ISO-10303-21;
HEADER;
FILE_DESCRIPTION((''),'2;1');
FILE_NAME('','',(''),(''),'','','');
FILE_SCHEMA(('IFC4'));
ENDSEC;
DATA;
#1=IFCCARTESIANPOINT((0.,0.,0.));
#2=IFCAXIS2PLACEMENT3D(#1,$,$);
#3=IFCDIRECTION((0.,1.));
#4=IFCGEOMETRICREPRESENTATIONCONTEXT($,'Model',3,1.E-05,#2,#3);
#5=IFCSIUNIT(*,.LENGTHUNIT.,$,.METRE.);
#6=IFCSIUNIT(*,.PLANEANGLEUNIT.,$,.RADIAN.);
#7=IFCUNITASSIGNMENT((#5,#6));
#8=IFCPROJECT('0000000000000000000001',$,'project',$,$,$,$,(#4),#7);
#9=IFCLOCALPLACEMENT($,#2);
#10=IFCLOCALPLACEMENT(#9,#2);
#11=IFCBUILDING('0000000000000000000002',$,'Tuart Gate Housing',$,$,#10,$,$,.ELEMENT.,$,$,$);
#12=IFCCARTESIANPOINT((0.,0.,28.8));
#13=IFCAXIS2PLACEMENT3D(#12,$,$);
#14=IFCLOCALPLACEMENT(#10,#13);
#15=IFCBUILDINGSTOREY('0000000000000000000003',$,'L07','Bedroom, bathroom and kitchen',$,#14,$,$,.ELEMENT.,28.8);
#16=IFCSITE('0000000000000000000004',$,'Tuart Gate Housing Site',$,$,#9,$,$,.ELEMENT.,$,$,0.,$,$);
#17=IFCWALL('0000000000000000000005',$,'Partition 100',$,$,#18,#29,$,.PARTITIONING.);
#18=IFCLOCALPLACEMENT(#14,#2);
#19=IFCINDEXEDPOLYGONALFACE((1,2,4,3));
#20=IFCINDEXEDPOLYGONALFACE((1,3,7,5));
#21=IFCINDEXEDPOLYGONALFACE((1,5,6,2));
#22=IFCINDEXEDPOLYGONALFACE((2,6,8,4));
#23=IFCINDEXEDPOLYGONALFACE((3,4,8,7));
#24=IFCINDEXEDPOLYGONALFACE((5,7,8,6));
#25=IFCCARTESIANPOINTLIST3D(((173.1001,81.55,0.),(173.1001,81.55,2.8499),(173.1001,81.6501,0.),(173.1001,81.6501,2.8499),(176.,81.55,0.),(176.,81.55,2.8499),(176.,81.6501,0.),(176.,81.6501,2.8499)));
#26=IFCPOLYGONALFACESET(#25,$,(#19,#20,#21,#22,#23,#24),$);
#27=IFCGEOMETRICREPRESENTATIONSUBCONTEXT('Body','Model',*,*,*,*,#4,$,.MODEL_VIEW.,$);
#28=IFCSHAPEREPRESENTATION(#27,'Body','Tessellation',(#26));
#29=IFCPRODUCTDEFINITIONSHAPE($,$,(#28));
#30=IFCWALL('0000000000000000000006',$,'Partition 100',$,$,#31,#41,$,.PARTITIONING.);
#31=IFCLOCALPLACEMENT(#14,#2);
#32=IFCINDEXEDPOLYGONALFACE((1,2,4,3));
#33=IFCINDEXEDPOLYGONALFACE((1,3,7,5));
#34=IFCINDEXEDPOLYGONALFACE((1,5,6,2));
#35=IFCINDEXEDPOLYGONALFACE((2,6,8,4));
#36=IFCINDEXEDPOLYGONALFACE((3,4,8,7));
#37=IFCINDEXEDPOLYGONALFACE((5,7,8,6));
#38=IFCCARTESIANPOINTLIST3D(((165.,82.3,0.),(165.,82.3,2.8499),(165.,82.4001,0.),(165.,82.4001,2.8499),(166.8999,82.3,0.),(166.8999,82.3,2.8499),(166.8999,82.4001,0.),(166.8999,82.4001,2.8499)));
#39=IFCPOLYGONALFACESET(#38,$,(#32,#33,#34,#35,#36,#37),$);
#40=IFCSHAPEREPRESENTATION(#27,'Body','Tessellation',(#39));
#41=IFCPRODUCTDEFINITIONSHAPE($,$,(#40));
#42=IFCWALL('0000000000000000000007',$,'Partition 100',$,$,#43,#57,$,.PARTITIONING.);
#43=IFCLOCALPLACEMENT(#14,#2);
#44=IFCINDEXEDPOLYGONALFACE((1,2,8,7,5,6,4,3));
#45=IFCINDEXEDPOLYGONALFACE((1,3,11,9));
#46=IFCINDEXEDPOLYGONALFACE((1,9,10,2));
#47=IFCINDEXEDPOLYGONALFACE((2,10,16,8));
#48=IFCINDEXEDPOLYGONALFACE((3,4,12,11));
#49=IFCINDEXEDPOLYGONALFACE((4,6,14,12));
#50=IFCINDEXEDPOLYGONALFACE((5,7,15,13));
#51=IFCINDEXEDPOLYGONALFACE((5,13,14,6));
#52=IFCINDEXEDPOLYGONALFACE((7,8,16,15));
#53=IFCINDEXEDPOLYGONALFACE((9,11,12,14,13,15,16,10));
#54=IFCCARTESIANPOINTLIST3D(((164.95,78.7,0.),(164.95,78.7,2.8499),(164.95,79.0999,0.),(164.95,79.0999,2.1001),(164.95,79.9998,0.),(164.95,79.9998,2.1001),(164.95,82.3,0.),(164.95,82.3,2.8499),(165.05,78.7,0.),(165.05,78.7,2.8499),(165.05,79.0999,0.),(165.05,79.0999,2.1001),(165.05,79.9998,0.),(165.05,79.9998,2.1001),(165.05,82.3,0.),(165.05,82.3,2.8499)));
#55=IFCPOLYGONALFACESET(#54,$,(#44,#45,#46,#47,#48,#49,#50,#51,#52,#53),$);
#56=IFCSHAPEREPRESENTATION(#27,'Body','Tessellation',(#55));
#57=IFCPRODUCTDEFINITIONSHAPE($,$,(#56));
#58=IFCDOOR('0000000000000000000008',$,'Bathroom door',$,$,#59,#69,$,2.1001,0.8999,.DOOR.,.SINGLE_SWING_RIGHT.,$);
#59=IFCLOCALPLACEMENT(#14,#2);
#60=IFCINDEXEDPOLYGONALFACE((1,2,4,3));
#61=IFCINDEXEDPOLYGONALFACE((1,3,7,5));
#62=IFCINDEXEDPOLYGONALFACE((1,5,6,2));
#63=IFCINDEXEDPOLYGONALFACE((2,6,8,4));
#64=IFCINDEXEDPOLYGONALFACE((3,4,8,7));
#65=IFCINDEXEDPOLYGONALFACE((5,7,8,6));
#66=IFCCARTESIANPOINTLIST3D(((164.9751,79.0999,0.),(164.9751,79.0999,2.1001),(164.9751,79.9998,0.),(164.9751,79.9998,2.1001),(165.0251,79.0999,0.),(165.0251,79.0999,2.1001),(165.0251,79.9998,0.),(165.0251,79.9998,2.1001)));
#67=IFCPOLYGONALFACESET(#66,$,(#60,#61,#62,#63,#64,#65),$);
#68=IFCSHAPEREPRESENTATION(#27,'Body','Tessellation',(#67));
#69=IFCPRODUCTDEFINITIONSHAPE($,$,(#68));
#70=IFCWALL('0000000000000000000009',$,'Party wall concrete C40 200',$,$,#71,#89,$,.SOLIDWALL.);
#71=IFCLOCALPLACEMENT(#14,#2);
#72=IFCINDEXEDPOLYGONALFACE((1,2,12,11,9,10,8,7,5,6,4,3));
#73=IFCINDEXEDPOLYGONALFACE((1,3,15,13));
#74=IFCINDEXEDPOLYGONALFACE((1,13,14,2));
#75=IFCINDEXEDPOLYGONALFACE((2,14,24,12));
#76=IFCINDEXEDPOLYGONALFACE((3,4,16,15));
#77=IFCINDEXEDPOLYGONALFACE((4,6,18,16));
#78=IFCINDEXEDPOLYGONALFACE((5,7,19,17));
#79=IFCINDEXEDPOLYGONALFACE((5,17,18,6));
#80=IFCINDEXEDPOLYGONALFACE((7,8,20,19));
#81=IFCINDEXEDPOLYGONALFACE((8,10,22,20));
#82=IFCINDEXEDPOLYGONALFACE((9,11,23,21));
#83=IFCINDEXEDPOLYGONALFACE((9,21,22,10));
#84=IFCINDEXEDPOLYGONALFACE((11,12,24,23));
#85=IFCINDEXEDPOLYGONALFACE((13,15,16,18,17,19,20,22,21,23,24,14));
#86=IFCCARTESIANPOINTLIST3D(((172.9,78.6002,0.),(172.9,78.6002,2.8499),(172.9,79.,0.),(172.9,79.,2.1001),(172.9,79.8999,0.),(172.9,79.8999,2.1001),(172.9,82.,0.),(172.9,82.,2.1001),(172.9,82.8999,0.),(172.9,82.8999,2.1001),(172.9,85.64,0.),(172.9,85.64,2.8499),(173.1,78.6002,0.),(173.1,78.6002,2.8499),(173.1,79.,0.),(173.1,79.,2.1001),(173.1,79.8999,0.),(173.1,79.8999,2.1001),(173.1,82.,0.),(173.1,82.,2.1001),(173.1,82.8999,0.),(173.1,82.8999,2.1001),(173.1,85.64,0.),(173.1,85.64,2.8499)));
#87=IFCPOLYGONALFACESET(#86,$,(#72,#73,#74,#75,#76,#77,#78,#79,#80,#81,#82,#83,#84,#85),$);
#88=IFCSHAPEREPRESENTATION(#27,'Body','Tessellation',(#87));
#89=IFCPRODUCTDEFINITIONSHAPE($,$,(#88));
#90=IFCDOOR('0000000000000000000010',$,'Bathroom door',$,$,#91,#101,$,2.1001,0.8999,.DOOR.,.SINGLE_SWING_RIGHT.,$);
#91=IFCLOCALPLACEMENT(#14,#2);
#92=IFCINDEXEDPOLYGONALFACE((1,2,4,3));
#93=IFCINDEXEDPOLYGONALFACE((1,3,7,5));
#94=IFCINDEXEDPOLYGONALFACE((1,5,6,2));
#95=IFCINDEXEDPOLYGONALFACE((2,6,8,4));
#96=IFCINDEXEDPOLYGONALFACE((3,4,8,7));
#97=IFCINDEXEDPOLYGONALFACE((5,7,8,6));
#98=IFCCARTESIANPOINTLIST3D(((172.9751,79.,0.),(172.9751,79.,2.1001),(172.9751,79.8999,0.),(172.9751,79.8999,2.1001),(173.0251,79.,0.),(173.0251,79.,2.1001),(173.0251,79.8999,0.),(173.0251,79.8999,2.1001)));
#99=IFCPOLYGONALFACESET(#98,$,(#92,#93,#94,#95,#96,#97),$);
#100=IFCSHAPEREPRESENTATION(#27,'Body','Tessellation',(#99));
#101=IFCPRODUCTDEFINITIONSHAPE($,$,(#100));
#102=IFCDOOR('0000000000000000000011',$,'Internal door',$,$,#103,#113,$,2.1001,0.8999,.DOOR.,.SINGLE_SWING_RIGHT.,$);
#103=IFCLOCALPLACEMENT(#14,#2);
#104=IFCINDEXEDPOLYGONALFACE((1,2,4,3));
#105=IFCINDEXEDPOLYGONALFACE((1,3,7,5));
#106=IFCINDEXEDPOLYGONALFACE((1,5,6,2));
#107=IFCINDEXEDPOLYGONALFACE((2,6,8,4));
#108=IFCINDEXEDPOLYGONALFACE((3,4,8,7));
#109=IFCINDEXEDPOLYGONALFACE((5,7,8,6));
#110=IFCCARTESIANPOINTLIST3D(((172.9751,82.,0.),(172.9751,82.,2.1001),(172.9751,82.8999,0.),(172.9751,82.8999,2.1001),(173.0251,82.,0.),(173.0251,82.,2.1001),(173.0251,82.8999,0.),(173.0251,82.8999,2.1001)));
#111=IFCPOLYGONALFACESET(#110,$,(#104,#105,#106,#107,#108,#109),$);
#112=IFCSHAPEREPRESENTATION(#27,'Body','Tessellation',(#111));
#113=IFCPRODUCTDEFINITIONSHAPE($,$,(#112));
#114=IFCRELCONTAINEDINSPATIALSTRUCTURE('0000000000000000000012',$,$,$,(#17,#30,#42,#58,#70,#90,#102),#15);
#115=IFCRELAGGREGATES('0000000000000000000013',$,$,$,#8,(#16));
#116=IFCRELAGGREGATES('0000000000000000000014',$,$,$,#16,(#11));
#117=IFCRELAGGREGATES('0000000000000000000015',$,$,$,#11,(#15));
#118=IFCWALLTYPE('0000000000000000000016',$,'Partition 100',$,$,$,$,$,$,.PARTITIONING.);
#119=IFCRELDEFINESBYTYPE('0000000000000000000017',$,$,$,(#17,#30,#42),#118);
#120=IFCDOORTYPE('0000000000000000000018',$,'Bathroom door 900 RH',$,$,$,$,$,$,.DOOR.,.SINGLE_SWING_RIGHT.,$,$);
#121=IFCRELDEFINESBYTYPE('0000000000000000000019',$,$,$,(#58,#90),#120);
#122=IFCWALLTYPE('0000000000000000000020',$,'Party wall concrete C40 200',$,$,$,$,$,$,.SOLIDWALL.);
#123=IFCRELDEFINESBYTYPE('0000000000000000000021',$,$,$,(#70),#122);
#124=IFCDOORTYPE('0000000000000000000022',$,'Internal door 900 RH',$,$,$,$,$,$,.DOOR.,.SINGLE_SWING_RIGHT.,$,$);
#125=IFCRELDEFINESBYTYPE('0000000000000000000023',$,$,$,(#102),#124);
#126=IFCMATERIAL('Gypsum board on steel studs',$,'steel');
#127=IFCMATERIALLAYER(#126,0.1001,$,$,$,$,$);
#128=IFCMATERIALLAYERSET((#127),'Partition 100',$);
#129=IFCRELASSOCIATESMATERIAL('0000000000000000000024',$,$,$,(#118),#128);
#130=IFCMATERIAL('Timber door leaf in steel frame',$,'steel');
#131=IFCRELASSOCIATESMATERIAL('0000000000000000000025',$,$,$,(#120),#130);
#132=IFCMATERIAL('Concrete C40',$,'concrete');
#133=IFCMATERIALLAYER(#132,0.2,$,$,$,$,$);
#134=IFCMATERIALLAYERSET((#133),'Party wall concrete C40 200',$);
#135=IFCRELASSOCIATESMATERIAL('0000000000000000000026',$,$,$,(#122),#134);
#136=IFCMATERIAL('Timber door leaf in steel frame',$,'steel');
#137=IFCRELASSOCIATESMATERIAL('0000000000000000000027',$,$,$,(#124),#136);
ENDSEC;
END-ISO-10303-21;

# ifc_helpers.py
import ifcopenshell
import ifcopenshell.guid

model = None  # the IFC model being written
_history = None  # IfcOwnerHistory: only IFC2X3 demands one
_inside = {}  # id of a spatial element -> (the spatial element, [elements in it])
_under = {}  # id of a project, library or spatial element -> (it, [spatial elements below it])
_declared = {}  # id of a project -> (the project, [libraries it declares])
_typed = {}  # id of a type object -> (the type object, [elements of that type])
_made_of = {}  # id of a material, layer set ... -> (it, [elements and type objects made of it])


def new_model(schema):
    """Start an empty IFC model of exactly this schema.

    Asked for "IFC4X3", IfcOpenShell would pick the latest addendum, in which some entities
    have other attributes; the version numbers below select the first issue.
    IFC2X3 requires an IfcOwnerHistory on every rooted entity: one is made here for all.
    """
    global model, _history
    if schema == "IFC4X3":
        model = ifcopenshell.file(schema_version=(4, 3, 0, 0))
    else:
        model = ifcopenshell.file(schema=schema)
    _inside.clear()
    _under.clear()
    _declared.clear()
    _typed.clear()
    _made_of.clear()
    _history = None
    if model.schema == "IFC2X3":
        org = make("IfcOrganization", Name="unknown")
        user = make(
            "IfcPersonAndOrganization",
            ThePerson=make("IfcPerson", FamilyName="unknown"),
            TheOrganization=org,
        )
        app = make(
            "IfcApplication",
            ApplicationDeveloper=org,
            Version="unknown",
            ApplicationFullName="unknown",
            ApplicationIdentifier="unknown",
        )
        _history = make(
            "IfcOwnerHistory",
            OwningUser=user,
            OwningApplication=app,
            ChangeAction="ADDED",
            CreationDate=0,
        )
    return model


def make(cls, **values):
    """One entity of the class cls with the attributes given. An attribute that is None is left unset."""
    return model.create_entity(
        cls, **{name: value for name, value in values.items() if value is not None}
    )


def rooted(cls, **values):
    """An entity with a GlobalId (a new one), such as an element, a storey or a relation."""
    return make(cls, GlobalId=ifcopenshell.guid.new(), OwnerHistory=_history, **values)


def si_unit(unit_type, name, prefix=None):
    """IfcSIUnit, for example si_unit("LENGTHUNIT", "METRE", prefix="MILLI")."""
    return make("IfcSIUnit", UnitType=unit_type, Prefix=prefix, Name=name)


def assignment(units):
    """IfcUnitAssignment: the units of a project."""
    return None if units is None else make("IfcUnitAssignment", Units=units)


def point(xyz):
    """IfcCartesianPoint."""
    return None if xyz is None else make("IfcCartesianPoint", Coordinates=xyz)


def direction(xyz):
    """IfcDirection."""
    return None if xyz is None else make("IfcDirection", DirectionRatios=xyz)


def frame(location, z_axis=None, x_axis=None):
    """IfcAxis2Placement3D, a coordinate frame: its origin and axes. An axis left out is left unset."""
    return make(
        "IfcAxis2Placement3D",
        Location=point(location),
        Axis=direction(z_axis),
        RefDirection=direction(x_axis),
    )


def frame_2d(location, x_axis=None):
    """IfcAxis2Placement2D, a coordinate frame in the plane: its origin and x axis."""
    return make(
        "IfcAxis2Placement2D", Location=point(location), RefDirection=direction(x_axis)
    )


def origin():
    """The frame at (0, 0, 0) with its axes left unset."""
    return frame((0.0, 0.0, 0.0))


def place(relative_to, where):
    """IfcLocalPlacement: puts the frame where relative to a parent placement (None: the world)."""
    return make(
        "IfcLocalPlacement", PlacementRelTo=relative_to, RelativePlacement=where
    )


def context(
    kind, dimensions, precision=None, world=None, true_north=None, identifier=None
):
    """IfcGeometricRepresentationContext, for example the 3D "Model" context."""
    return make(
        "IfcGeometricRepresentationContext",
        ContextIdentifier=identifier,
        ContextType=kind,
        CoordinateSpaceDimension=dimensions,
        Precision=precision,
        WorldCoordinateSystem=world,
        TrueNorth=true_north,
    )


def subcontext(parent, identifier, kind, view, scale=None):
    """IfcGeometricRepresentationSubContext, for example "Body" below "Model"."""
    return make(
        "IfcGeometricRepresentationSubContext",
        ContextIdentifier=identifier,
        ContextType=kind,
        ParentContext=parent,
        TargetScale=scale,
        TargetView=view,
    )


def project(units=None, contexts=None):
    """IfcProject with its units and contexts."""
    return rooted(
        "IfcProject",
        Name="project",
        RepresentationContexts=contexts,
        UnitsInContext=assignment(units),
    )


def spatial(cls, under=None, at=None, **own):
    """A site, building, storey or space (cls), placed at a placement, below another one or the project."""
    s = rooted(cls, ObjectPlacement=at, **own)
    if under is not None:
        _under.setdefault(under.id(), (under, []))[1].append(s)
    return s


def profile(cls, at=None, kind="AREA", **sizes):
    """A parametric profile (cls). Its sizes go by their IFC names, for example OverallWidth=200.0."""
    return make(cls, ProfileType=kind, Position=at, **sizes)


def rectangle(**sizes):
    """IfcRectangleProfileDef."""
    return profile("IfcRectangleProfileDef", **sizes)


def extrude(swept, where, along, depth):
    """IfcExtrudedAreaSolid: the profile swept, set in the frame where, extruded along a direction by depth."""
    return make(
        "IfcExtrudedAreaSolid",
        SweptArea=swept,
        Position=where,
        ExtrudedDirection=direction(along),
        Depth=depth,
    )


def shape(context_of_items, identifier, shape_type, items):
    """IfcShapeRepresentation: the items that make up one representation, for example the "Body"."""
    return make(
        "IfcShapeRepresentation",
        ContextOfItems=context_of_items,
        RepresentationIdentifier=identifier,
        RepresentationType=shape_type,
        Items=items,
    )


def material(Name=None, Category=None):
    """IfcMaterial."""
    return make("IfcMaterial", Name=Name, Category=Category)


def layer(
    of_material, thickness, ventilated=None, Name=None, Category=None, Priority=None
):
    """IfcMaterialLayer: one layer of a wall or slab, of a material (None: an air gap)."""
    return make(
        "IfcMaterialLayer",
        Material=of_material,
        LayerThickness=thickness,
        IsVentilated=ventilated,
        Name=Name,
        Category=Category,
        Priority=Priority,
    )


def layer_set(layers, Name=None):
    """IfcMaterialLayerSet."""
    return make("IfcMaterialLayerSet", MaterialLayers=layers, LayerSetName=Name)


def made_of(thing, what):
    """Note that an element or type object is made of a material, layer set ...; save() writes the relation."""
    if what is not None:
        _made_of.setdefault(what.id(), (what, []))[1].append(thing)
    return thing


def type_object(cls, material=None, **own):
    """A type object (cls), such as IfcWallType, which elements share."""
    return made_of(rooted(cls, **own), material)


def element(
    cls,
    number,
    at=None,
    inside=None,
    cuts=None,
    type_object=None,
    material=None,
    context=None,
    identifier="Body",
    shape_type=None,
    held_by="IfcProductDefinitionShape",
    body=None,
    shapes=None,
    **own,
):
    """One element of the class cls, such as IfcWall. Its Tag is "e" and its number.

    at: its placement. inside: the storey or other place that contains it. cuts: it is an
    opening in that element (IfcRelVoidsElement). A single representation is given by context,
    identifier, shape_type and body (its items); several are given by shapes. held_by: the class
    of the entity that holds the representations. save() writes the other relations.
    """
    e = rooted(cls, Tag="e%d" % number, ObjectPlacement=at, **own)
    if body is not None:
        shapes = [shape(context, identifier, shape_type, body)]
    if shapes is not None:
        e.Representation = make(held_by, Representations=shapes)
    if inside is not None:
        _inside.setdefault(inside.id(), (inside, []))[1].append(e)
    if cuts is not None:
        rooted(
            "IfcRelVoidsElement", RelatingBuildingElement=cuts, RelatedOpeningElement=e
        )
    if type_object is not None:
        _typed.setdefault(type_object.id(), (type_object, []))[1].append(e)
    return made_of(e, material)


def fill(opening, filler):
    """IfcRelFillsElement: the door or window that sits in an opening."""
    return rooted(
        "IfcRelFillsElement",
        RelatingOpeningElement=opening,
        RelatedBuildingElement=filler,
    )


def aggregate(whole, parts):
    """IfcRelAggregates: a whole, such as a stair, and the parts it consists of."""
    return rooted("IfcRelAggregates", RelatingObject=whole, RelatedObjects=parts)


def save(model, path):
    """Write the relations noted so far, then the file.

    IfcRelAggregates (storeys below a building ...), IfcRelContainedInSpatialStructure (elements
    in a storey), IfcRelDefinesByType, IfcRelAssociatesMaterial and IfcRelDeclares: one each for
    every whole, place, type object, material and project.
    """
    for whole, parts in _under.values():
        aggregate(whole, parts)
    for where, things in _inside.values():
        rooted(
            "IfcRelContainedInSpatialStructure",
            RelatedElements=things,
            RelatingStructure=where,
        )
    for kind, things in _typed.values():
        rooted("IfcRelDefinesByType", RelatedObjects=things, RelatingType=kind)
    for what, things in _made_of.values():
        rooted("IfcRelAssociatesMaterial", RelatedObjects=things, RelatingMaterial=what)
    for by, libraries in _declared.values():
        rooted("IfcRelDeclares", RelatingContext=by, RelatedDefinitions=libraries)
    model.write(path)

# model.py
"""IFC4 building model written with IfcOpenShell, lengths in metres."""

from ifc_helpers import new_model, si_unit, direction, frame, frame_2d, origin, place, context, subcontext, project, spatial, rectangle, extrude, material, layer, layer_set, type_object, element, fill, save


model = new_model("IFC4")

# Units and contexts
model_context = context("Model", 3, precision=1e-05, world=origin(), true_north=direction((0.0, 1.0)))
body_context = subcontext(model_context, "Body", "Model", "MODEL_VIEW")
ifc_project = project(units=[si_unit("LENGTHUNIT", "METRE"), si_unit("PLANEANGLEUNIT", "RADIAN")], contexts=[model_context])

# Site, building, storey
site_placement = place(None, origin())
site = spatial("IfcSite", under=ifc_project, at=site_placement, Name="Tuart Gate Housing Site", CompositionType="ELEMENT", RefElevation=0.0)
building_placement = place(site_placement, origin())
building = spatial("IfcBuilding", under=site, at=building_placement, Name="Tuart Gate Housing", CompositionType="ELEMENT")
storey_placement = place(building_placement, frame((0.0, 0.0, 28.8)))
storey = spatial("IfcBuildingStorey", under=building, at=storey_placement, Name="L07", Description="Bedroom, bathroom and kitchen", CompositionType="ELEMENT", Elevation=28.8)

# Walls
ifc_material_1 = material(Name="Gypsum board on steel studs", Category="steel")
ifc_layer_1 = layer(ifc_material_1, 0.1001)
ifc_layer_set_1 = layer_set([ifc_layer_1], Name="Partition 100")
wall_type_1 = type_object("IfcWallType", Name="Partition 100", PredefinedType="PARTITIONING", material=ifc_layer_set_1)
wall_1_placement = place(storey_placement, frame((173.1001, 81.6001, 0.0), z_axis=(0.0, 0.0, 1.0), x_axis=(1.0, 0.0, 0.0)))
element("IfcWall", 1, at=wall_1_placement, inside=storey, type_object=wall_type_1, Name="Partition 100", PredefinedType="PARTITIONING", context=body_context, shape_type="SweptSolid", body=[
    extrude(rectangle(XDim=2.8999, YDim=0.1001, at=frame_2d((1.45, 0.0))), origin(), (0.0, 0.0, 1.0), 2.8499),
])
wall_2_placement = place(storey_placement, frame((165.0, 82.3501, 0.0), z_axis=(0.0, 0.0, 1.0), x_axis=(1.0, 0.0, 0.0)))
element("IfcWall", 2, at=wall_2_placement, inside=storey, type_object=wall_type_1, Name="Partition 100", PredefinedType="PARTITIONING", context=body_context, shape_type="SweptSolid", body=[
    extrude(rectangle(XDim=1.8999, YDim=0.1001, at=frame_2d((0.95, 0.0))), origin(), (0.0, 0.0, 1.0), 2.8499),
])

# Wall, opening, door
wall_3_placement = place(storey_placement, frame((165.0, 78.7, 0.0), z_axis=(0.0, 0.0, 1.0), x_axis=(0.0, 1.0, 0.0)))
wall_3 = element("IfcWall", 3, at=wall_3_placement, inside=storey, type_object=wall_type_1, Name="Partition 100", PredefinedType="PARTITIONING", context=body_context, shape_type="SweptSolid", body=[
    extrude(rectangle(XDim=3.6001, YDim=0.1001, at=frame_2d((1.8, 0.0))), origin(), (0.0, 0.0, 1.0), 2.8499),
])
opening_1_placement = place(wall_3_placement, frame((0.3999, 0.0, 0.0)))
opening_1 = element("IfcOpeningElement", 4, at=opening_1_placement, cuts=wall_3, PredefinedType="OPENING", context=body_context, shape_type="SweptSolid", body=[
    extrude(rectangle(XDim=0.8999, YDim=2.1001, at=frame_2d((0.45, 1.05))), frame((0.0, 0.0601, 0.0), z_axis=(0.0, -1.0, 0.0), x_axis=(1.0, 0.0, 0.0)), (0.0, 0.0, 1.0), 0.1201),
])
ifc_material_2 = material(Name="Timber door leaf in steel frame", Category="steel")
door_type_1 = type_object("IfcDoorType", Name="Bathroom door 900 RH", OperationType="SINGLE_SWING_RIGHT", PredefinedType="DOOR", material=ifc_material_2)
door_1_placement = place(opening_1_placement, frame((0.8999, 0.0, 0.0), z_axis=(0.0, 0.0, 1.0), x_axis=(-1.0, 0.0, 0.0)))
door_1 = element("IfcDoor", 5, at=door_1_placement, inside=storey, type_object=door_type_1, Name="Bathroom door", OperationType="SINGLE_SWING_RIGHT", OverallHeight=2.1001, OverallWidth=0.8999, PredefinedType="DOOR", context=body_context, shape_type="SweptSolid", body=[
    extrude(rectangle(XDim=0.8999, YDim=2.1001, at=frame_2d((0.45, 1.05))), frame((0.0, 0.0251, 0.0), z_axis=(0.0, -1.0, 0.0), x_axis=(1.0, 0.0, 0.0)), (0.0, 0.0, 1.0), 0.05),
])
fill(opening_1, door_1)

# Wall, openings, doors
ifc_material_3 = material(Name="Concrete C40", Category="concrete")
ifc_layer_2 = layer(ifc_material_3, 0.2)
ifc_layer_set_2 = layer_set([ifc_layer_2], Name="Party wall concrete C40 200")
wall_type_2 = type_object("IfcWallType", Name="Party wall concrete C40 200", PredefinedType="SOLIDWALL", material=ifc_layer_set_2)
wall_4_placement = place(storey_placement, frame((173.0, 78.6001, 0.0), z_axis=(0.0, 0.0, 1.0), x_axis=(0.0, 1.0, 0.0)))
wall_4 = element("IfcWall", 6, at=wall_4_placement, inside=storey, type_object=wall_type_2, Name="Party wall concrete C40 200", PredefinedType="SOLIDWALL", context=body_context, shape_type="SweptSolid", body=[
    extrude(rectangle(XDim=7.0398, YDim=0.2, at=frame_2d((3.52, 0.0))), origin(), (0.0, 0.0, 1.0), 2.8499),
])
opening_2_placement = place(wall_4_placement, frame((3.3999, 0.0, 0.0)))
opening_2 = element("IfcOpeningElement", 7, at=opening_2_placement, cuts=wall_4, PredefinedType="OPENING", context=body_context, shape_type="SweptSolid", body=[
    extrude(rectangle(XDim=0.8999, YDim=2.1001, at=frame_2d((0.45, 1.05))), frame((0.0, 0.1099, 0.0), z_axis=(0.0, -1.0, 0.0), x_axis=(1.0, 0.0, 0.0)), (0.0, 0.0, 1.0), 0.22),
])
opening_3_placement = place(wall_4_placement, frame((0.3999, 0.0, 0.0)))
opening_3 = element("IfcOpeningElement", 8, at=opening_3_placement, cuts=wall_4, PredefinedType="OPENING", context=body_context, shape_type="SweptSolid", body=[
    extrude(rectangle(XDim=0.8999, YDim=2.1001, at=frame_2d((0.45, 1.05))), frame((0.0, 0.1099, 0.0), z_axis=(0.0, -1.0, 0.0), x_axis=(1.0, 0.0, 0.0)), (0.0, 0.0, 1.0), 0.22),
])
door_2_placement = place(opening_3_placement, frame((0.8999, 0.0, 0.0), z_axis=(0.0, 0.0, 1.0), x_axis=(-1.0, 0.0, 0.0)))
door_2 = element("IfcDoor", 9, at=door_2_placement, inside=storey, type_object=door_type_1, Name="Bathroom door", OperationType="SINGLE_SWING_RIGHT", OverallHeight=2.1001, OverallWidth=0.8999, PredefinedType="DOOR", context=body_context, shape_type="SweptSolid", body=[
    extrude(rectangle(XDim=0.8999, YDim=2.1001, at=frame_2d((0.45, 1.05))), frame((0.0, 0.0251, 0.0), z_axis=(0.0, -1.0, 0.0), x_axis=(1.0, 0.0, 0.0)), (0.0, 0.0, 1.0), 0.05),
])
fill(opening_3, door_2)
ifc_material_4 = material(Name="Timber door leaf in steel frame", Category="steel")
door_type_2 = type_object("IfcDoorType", Name="Internal door 900 RH", OperationType="SINGLE_SWING_RIGHT", PredefinedType="DOOR", material=ifc_material_4)
door_3_placement = place(opening_2_placement, frame((0.8999, 0.0, 0.0), z_axis=(0.0, 0.0, 1.0), x_axis=(-1.0, 0.0, 0.0)))
door_3 = element("IfcDoor", 10, at=door_3_placement, inside=storey, type_object=door_type_2, Name="Internal door", OperationType="SINGLE_SWING_RIGHT", OverallHeight=2.1001, OverallWidth=0.8999, PredefinedType="DOOR", context=body_context, shape_type="SweptSolid", body=[
    extrude(rectangle(XDim=0.8999, YDim=2.1001, at=frame_2d((0.45, 1.05))), frame((0.0, 0.0251, 0.0), z_axis=(0.0, -1.0, 0.0), x_axis=(1.0, 0.0, 0.0)), (0.0, 0.0, 1.0), 0.05),
])
fill(opening_2, door_3)

save(model, "model.ifc")
